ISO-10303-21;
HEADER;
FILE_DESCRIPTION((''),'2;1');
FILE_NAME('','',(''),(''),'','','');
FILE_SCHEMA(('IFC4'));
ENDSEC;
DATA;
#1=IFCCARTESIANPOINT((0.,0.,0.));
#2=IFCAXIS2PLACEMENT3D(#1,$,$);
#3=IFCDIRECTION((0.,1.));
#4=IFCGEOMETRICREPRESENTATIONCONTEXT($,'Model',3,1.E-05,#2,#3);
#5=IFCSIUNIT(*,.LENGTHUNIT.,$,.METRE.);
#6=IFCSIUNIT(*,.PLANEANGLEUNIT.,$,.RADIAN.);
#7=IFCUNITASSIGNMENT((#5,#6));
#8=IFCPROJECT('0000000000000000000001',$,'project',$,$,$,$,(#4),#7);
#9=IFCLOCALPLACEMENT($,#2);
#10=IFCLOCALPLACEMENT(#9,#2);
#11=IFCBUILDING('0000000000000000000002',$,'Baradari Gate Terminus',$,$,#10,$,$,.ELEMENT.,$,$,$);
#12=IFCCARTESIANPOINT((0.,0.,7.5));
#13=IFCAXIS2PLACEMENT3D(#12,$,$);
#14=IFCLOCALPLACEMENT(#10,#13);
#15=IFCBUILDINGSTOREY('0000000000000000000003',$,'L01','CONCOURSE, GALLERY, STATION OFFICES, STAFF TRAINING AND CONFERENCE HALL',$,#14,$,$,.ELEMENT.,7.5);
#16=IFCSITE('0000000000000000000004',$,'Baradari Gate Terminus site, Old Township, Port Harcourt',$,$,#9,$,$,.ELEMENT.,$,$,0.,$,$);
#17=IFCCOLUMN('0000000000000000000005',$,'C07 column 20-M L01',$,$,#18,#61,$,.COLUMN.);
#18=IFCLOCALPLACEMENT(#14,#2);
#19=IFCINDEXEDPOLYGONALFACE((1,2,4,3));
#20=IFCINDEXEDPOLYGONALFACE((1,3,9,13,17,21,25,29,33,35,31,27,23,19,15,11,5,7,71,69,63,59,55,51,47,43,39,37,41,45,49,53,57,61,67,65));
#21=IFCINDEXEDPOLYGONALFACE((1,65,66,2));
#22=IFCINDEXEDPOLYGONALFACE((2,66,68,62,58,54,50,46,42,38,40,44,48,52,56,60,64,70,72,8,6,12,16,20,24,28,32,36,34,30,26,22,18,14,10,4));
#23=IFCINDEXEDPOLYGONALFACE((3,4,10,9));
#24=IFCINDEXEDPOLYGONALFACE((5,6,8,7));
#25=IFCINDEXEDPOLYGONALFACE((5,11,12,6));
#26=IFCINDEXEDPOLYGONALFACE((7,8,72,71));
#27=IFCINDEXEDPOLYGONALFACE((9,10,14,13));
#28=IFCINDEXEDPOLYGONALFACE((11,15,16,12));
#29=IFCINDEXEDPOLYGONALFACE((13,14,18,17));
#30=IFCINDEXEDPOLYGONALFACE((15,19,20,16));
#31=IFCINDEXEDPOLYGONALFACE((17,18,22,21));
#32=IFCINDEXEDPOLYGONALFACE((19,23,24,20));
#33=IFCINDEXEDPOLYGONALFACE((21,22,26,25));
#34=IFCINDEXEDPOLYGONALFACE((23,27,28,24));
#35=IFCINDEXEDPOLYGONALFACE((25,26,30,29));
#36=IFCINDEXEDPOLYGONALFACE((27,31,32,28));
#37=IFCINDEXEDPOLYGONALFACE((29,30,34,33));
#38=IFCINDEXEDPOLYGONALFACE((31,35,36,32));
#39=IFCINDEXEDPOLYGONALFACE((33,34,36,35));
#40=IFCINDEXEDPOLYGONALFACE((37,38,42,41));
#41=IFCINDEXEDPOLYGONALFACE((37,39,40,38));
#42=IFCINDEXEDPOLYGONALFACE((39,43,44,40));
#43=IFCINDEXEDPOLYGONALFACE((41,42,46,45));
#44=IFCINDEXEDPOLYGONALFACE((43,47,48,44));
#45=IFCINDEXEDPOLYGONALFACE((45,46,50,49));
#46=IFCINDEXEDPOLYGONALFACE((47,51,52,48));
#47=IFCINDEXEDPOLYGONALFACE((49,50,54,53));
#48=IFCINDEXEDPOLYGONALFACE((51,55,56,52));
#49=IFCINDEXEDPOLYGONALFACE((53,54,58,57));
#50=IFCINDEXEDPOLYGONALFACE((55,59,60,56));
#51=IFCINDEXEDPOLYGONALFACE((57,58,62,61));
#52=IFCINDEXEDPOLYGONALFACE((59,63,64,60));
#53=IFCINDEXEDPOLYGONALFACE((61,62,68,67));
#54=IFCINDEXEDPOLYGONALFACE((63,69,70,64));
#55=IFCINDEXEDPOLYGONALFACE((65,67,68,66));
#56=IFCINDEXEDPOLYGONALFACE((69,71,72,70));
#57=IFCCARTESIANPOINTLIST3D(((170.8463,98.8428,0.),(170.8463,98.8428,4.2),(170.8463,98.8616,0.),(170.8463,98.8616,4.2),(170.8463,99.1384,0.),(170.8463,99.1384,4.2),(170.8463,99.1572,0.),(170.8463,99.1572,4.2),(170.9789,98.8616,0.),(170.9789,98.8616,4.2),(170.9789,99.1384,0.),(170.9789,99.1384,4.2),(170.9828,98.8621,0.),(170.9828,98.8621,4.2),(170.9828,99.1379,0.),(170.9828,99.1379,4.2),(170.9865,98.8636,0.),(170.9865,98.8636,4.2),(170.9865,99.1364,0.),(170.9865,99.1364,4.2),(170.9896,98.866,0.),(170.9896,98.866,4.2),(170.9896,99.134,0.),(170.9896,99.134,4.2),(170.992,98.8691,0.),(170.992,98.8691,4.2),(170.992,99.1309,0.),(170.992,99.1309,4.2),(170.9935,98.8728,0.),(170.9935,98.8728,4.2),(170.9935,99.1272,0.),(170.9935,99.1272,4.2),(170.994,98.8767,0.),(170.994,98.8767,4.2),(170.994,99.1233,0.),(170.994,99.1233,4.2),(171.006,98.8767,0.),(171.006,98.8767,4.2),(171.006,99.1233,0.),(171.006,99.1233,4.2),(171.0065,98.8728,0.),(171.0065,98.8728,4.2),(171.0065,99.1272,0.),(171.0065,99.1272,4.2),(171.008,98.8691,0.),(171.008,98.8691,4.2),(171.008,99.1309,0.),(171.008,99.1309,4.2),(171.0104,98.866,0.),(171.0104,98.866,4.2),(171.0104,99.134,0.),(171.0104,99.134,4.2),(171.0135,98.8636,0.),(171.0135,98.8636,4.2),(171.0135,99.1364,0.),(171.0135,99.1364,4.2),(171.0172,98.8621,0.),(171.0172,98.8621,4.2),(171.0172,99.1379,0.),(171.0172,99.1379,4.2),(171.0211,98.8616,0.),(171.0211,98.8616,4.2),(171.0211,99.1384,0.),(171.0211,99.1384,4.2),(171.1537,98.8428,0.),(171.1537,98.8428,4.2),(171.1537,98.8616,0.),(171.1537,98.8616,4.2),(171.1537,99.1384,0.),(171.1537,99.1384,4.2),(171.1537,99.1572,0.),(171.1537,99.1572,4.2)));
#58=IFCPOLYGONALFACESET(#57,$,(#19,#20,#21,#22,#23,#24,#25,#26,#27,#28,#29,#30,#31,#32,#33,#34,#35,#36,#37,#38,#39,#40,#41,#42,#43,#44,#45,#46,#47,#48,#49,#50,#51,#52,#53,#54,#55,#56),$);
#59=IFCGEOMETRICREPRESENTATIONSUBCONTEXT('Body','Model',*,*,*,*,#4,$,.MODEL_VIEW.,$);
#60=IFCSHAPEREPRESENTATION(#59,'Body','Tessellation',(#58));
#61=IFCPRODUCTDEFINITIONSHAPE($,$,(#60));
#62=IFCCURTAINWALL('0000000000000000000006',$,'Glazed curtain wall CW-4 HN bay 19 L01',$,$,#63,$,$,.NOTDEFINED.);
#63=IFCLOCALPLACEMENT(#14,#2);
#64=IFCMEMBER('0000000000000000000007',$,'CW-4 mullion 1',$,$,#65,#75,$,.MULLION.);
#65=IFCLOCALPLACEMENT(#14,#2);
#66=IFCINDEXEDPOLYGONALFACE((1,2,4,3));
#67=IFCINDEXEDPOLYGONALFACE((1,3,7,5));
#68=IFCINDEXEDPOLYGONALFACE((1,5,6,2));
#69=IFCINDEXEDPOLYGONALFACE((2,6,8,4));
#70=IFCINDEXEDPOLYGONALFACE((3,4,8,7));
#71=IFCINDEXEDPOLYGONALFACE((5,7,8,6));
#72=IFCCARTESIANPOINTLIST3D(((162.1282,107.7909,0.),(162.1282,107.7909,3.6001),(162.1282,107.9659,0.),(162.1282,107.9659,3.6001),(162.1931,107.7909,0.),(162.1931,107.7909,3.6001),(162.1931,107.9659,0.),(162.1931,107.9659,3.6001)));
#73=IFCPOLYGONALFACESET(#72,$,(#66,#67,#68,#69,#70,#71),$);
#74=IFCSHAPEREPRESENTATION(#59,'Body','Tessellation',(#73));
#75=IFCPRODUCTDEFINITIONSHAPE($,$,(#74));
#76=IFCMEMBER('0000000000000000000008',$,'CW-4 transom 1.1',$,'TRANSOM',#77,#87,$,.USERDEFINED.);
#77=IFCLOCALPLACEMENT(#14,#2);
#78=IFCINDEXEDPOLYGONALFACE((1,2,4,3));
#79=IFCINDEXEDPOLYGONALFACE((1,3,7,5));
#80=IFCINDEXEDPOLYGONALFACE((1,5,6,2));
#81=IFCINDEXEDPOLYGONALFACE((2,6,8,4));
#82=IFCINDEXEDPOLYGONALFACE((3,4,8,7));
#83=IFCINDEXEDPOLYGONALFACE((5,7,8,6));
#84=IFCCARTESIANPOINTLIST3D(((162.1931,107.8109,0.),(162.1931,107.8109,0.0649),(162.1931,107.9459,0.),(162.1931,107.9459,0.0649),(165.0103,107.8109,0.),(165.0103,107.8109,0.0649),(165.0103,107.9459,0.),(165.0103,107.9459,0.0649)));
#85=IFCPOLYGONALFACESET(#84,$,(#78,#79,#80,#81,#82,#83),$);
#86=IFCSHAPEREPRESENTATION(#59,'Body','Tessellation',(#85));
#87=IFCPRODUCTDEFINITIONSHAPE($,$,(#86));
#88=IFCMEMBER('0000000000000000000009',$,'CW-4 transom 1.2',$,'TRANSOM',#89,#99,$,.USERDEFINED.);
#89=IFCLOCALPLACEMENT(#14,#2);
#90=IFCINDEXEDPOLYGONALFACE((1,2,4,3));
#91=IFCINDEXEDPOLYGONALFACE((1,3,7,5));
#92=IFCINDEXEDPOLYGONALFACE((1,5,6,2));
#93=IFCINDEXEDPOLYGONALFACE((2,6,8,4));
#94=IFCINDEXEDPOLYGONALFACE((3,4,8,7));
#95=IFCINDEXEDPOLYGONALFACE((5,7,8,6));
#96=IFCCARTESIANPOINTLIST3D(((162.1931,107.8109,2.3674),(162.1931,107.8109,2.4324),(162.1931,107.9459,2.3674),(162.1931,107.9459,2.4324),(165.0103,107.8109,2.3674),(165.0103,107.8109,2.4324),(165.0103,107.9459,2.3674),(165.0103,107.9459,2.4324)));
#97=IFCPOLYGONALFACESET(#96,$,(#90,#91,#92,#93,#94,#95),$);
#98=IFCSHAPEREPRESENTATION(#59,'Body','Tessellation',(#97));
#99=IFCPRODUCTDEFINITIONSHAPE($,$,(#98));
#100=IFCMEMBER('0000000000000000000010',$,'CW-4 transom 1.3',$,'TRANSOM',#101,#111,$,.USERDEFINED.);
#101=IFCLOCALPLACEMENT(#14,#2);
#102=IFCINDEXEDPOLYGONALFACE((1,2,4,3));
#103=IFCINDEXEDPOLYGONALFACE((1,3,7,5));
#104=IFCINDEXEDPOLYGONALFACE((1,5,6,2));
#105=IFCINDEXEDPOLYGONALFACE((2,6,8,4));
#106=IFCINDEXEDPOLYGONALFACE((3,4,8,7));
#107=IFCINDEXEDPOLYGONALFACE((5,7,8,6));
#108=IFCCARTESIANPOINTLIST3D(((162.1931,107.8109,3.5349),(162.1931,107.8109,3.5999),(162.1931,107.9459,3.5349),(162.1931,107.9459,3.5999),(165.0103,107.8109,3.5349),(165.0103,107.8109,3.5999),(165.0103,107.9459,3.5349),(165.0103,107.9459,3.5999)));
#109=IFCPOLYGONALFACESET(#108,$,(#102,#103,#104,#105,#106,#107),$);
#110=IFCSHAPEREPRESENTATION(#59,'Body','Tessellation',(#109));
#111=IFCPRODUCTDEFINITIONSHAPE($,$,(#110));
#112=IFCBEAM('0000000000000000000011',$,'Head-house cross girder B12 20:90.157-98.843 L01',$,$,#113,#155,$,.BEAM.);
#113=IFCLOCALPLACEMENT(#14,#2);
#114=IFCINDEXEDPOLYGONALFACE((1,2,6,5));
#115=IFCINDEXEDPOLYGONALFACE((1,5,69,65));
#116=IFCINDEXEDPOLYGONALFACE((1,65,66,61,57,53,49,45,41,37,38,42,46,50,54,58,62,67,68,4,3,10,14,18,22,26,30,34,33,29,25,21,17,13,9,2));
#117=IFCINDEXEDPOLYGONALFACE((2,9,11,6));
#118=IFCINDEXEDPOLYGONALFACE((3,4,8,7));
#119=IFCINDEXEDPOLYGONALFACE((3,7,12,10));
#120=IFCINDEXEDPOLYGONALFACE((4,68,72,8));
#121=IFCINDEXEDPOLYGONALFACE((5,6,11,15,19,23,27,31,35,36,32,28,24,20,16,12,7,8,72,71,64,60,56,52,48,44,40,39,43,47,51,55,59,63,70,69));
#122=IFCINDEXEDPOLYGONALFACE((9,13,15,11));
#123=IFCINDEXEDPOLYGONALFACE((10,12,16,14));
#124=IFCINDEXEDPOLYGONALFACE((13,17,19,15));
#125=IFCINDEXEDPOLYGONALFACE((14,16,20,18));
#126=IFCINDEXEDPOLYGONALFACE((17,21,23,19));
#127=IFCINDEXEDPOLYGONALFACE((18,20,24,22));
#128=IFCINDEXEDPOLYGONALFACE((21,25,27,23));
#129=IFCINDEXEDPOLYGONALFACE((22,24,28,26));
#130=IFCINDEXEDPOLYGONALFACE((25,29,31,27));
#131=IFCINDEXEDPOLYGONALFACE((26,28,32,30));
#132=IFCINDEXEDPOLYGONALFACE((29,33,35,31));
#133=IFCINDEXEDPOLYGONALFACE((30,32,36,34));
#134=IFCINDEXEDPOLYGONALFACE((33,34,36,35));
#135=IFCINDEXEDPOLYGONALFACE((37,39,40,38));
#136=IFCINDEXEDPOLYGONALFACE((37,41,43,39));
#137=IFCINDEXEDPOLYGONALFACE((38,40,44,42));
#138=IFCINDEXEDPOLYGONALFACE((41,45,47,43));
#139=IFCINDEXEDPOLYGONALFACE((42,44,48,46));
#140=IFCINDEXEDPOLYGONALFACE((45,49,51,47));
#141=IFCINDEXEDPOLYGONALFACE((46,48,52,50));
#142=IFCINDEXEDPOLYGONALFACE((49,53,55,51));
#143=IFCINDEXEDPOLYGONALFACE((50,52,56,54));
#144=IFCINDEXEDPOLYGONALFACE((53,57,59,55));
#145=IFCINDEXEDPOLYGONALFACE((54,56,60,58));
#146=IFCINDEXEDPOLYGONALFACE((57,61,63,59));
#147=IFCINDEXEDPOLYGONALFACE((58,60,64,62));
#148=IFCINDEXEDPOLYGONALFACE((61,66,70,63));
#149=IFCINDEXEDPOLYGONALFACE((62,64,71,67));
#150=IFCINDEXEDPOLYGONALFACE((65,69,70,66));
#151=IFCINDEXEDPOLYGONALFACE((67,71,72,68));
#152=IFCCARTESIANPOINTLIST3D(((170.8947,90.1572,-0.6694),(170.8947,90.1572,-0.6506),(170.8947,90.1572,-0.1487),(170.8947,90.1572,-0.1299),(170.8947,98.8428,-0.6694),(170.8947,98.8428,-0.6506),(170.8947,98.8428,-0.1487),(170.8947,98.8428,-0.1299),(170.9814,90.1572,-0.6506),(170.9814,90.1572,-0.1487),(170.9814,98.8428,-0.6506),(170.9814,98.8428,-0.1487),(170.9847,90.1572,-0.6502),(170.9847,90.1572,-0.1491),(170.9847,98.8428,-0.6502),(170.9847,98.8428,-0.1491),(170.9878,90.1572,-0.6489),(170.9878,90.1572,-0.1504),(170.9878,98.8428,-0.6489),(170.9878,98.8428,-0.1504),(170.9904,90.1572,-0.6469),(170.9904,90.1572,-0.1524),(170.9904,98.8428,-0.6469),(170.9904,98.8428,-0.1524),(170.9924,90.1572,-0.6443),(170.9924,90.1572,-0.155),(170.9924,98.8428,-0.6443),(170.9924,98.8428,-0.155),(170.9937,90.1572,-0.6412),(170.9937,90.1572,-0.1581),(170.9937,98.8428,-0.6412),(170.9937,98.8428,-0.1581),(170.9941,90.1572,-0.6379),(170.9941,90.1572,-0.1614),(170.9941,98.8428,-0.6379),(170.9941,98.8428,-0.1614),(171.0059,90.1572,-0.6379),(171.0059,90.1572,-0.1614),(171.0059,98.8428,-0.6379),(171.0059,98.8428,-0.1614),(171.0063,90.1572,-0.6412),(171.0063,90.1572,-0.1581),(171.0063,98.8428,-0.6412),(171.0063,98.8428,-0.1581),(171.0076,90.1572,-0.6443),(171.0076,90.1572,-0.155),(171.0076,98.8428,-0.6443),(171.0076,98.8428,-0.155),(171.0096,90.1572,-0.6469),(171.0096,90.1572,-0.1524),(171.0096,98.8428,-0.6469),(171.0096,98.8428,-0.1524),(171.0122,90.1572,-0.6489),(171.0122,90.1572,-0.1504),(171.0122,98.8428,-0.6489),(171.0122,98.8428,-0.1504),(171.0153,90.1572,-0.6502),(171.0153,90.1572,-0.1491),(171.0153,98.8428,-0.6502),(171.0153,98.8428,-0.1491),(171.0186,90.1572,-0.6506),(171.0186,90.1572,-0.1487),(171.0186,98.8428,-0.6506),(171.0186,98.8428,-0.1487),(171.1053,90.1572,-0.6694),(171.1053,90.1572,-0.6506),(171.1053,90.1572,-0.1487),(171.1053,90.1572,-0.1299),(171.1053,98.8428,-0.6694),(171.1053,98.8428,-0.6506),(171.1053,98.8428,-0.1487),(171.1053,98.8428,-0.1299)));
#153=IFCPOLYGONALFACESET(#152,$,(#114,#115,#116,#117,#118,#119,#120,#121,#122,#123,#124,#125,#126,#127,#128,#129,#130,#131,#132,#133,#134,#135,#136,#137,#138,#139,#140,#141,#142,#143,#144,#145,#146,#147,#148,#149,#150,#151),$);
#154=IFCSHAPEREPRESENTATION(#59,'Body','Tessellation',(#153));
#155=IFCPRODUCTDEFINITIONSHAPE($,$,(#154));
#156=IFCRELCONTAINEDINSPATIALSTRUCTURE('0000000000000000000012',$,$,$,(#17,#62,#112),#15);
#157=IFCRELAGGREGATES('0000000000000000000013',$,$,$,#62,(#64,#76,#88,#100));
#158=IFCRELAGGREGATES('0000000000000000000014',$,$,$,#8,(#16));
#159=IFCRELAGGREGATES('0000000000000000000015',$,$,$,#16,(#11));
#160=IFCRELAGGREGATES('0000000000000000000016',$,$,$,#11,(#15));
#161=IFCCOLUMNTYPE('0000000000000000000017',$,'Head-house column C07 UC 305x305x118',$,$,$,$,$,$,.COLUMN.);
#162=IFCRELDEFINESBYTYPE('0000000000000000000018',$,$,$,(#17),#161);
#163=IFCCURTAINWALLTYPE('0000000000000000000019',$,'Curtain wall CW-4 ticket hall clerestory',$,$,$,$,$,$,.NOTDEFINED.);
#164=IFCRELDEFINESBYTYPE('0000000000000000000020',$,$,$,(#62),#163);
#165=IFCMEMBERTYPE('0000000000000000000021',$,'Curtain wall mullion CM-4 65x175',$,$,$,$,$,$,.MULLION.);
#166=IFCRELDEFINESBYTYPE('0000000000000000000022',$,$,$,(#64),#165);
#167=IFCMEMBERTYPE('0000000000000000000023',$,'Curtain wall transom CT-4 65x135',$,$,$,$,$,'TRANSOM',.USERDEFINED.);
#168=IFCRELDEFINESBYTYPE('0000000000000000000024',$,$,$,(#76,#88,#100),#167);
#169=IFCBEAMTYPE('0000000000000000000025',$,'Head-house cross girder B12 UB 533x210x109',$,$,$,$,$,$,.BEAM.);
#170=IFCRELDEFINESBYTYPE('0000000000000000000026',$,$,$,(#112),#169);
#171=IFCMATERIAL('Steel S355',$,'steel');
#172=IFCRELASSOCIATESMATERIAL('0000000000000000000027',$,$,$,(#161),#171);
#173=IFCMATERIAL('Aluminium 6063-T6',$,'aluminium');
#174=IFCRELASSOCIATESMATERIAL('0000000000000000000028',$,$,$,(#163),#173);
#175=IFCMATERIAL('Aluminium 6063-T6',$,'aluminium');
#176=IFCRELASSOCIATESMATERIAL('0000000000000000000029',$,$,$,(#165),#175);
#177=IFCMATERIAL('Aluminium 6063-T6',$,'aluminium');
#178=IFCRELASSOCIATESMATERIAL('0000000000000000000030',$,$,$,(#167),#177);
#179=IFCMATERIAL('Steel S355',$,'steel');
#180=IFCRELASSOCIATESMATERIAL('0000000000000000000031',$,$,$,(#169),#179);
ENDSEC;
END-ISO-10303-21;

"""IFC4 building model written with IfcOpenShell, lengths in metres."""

from ifc_helpers import new_model, si_unit, direction, frame, origin, origin_2d, place, context, subcontext, project, spatial, rectangle, i_section, extrude, material, material_profile, profile_set, type_object, element, aggregate, save


model = new_model("IFC4")

# Units and contexts
model_context = context("Model", 3, precision=1e-05, world=origin(), true_north=direction((0.0, 1.0)))
body_context = subcontext(model_context, "Body", "Model", "MODEL_VIEW")
ifc_project = project(units=[si_unit("LENGTHUNIT", "METRE"), si_unit("PLANEANGLEUNIT", "RADIAN")], contexts=[model_context])

# Site, building, storey
site_placement = place(None, origin())
site = spatial("IfcSite", under=ifc_project, at=site_placement, Name="Baradari Gate Terminus site, Old Township, Port Harcourt", CompositionType="ELEMENT", RefElevation=0.0)
building_placement = place(site_placement, origin())
building = spatial("IfcBuilding", under=site, at=building_placement, Name="Baradari Gate Terminus", CompositionType="ELEMENT")
storey_placement = place(building_placement, frame((0.0, 0.0, 7.5)))
storey = spatial("IfcBuildingStorey", under=building, at=storey_placement, Name="L01", Description="CONCOURSE, GALLERY, STATION OFFICES, STAFF TRAINING AND CONFERENCE HALL", CompositionType="ELEMENT", Elevation=7.5)

# Column
ifc_material_1 = material(Name="Steel S355", Category="steel")
ifc_material_profile_1 = material_profile(ifc_material_1, i_section(OverallWidth=0.3074, OverallDepth=0.3145, WebThickness=0.012, FlangeThickness=0.0188, FilletRadius=0.0151, at=origin_2d()), Name="UC 305x305x118")
ifc_profile_set_1 = profile_set([ifc_material_profile_1], Name="Steel S355")
column_type = type_object("IfcColumnType", Name="Head-house column C07 UC 305x305x118", PredefinedType="COLUMN", material=ifc_profile_set_1)
column_placement = place(storey_placement, frame((171.0, 99.0, 0.0), z_axis=(0.0, 0.0, 1.0), x_axis=(1.0, 0.0, 0.0)))
element("IfcColumn", 1, at=column_placement, inside=storey, type_object=column_type, Name="C07 column 20-M L01", PredefinedType="COLUMN", context=body_context, shape_type="SweptSolid", body=[
    extrude(i_section(OverallWidth=0.3074, OverallDepth=0.3145, WebThickness=0.012, FlangeThickness=0.0188, FilletRadius=0.0151, at=origin_2d()), origin(), (0.0, 0.0, 1.0), 4.2),
])

# Curtain wall, members
ifc_material_2 = material(Name="Aluminium 6063-T6", Category="aluminium")
curtain_wall_type = type_object("IfcCurtainWallType", Name="Curtain wall CW-4 ticket hall clerestory", PredefinedType="NOTDEFINED", material=ifc_material_2)
curtain_wall_placement = place(storey_placement, origin())
curtain_wall = element("IfcCurtainWall", 2, at=curtain_wall_placement, inside=storey, type_object=curtain_wall_type, Name="Glazed curtain wall CW-4 HN bay 19 L01", PredefinedType="NOTDEFINED")
ifc_material_3 = material(Name="Aluminium 6063-T6", Category="aluminium")
ifc_material_profile_2 = material_profile(ifc_material_3, rectangle(XDim=0.175, YDim=0.0649, at=origin_2d()), Name="CM-4 65X175")
ifc_profile_set_2 = profile_set([ifc_material_profile_2], Name="Aluminium 6063-T6")
member_type_1 = type_object("IfcMemberType", Name="Curtain wall mullion CM-4 65x175", PredefinedType="MULLION", material=ifc_profile_set_2)
member_1_placement = place(storey_placement, frame((162.1606, 107.8784, 0.0), z_axis=(0.0, 0.0, 1.0), x_axis=(0.0, 1.0, 0.0)))
member_1 = element("IfcMember", 3, at=member_1_placement, type_object=member_type_1, Name="CW-4 mullion 1", PredefinedType="MULLION", context=body_context, shape_type="SweptSolid", body=[
    extrude(rectangle(XDim=0.175, YDim=0.0649, at=origin_2d()), origin(), (0.0, 0.0, 1.0), 3.6001),
])
ifc_material_4 = material(Name="Aluminium 6063-T6", Category="aluminium")
ifc_material_profile_3 = material_profile(ifc_material_4, rectangle(XDim=0.135, YDim=0.0649, at=origin_2d()), Name="CT-4 65X135")
ifc_profile_set_3 = profile_set([ifc_material_profile_3], Name="Aluminium 6063-T6")
member_type_2 = type_object("IfcMemberType", Name="Curtain wall transom CT-4 65x135", ElementType="TRANSOM", PredefinedType="USERDEFINED", material=ifc_profile_set_3)
member_2_placement = place(storey_placement, frame((162.1931, 107.8784, 0.0325), z_axis=(1.0, 0.0, 0.0), x_axis=(0.0, 1.0, 0.0)))
member_2 = element("IfcMember", 4, at=member_2_placement, type_object=member_type_2, Name="CW-4 transom 1.1", ObjectType="TRANSOM", PredefinedType="USERDEFINED", context=body_context, shape_type="SweptSolid", body=[
    extrude(rectangle(XDim=0.135, YDim=0.0649, at=origin_2d()), origin(), (0.0, 0.0, 1.0), 2.8171),
])
member_3_placement = place(storey_placement, frame((162.1931, 107.8784, 2.3999), z_axis=(1.0, 0.0, 0.0), x_axis=(0.0, 1.0, 0.0)))
member_3 = element("IfcMember", 5, at=member_3_placement, type_object=member_type_2, Name="CW-4 transom 1.2", ObjectType="TRANSOM", PredefinedType="USERDEFINED", context=body_context, shape_type="SweptSolid", body=[
    extrude(rectangle(XDim=0.135, YDim=0.0649, at=origin_2d()), origin(), (0.0, 0.0, 1.0), 2.8171),
])
member_4_placement = place(storey_placement, frame((162.1931, 107.8784, 3.5674), z_axis=(1.0, 0.0, 0.0), x_axis=(0.0, 1.0, 0.0)))
member_4 = element("IfcMember", 6, at=member_4_placement, type_object=member_type_2, Name="CW-4 transom 1.3", ObjectType="TRANSOM", PredefinedType="USERDEFINED", context=body_context, shape_type="SweptSolid", body=[
    extrude(rectangle(XDim=0.135, YDim=0.0649, at=origin_2d()), origin(), (0.0, 0.0, 1.0), 2.8171),
])

# Beam
ifc_material_5 = material(Name="Steel S355", Category="steel")
ifc_material_profile_4 = material_profile(ifc_material_5, i_section(OverallWidth=0.2107, OverallDepth=0.5396, WebThickness=0.0117, FlangeThickness=0.0188, FilletRadius=0.0127, at=origin_2d()), Name="UB 533x210x109")
ifc_profile_set_4 = profile_set([ifc_material_profile_4], Name="Steel S355")
beam_type_1 = type_object("IfcBeamType", Name="Head-house cross girder B12 UB 533x210x109", PredefinedType="BEAM", material=ifc_profile_set_4)
beam_1_placement = place(storey_placement, frame((171.0, 90.1572, -0.3997), z_axis=(0.0, 1.0, 0.0), x_axis=(-1.0, 0.0, 0.0)))
element("IfcBeam", 7, at=beam_1_placement, inside=storey, type_object=beam_type_1, Name="Head-house cross girder B12 20:90.157-98.843 L01", PredefinedType="BEAM", context=body_context, shape_type="SweptSolid", body=[
    extrude(i_section(OverallWidth=0.2107, OverallDepth=0.5396, WebThickness=0.0117, FlangeThickness=0.0188, FilletRadius=0.0127, at=origin_2d()), origin(), (0.0, 0.0, 1.0), 8.6855),
])

aggregate(curtain_wall, [member_1, member_2, member_3, member_4])

save(model, "model.ifc")
